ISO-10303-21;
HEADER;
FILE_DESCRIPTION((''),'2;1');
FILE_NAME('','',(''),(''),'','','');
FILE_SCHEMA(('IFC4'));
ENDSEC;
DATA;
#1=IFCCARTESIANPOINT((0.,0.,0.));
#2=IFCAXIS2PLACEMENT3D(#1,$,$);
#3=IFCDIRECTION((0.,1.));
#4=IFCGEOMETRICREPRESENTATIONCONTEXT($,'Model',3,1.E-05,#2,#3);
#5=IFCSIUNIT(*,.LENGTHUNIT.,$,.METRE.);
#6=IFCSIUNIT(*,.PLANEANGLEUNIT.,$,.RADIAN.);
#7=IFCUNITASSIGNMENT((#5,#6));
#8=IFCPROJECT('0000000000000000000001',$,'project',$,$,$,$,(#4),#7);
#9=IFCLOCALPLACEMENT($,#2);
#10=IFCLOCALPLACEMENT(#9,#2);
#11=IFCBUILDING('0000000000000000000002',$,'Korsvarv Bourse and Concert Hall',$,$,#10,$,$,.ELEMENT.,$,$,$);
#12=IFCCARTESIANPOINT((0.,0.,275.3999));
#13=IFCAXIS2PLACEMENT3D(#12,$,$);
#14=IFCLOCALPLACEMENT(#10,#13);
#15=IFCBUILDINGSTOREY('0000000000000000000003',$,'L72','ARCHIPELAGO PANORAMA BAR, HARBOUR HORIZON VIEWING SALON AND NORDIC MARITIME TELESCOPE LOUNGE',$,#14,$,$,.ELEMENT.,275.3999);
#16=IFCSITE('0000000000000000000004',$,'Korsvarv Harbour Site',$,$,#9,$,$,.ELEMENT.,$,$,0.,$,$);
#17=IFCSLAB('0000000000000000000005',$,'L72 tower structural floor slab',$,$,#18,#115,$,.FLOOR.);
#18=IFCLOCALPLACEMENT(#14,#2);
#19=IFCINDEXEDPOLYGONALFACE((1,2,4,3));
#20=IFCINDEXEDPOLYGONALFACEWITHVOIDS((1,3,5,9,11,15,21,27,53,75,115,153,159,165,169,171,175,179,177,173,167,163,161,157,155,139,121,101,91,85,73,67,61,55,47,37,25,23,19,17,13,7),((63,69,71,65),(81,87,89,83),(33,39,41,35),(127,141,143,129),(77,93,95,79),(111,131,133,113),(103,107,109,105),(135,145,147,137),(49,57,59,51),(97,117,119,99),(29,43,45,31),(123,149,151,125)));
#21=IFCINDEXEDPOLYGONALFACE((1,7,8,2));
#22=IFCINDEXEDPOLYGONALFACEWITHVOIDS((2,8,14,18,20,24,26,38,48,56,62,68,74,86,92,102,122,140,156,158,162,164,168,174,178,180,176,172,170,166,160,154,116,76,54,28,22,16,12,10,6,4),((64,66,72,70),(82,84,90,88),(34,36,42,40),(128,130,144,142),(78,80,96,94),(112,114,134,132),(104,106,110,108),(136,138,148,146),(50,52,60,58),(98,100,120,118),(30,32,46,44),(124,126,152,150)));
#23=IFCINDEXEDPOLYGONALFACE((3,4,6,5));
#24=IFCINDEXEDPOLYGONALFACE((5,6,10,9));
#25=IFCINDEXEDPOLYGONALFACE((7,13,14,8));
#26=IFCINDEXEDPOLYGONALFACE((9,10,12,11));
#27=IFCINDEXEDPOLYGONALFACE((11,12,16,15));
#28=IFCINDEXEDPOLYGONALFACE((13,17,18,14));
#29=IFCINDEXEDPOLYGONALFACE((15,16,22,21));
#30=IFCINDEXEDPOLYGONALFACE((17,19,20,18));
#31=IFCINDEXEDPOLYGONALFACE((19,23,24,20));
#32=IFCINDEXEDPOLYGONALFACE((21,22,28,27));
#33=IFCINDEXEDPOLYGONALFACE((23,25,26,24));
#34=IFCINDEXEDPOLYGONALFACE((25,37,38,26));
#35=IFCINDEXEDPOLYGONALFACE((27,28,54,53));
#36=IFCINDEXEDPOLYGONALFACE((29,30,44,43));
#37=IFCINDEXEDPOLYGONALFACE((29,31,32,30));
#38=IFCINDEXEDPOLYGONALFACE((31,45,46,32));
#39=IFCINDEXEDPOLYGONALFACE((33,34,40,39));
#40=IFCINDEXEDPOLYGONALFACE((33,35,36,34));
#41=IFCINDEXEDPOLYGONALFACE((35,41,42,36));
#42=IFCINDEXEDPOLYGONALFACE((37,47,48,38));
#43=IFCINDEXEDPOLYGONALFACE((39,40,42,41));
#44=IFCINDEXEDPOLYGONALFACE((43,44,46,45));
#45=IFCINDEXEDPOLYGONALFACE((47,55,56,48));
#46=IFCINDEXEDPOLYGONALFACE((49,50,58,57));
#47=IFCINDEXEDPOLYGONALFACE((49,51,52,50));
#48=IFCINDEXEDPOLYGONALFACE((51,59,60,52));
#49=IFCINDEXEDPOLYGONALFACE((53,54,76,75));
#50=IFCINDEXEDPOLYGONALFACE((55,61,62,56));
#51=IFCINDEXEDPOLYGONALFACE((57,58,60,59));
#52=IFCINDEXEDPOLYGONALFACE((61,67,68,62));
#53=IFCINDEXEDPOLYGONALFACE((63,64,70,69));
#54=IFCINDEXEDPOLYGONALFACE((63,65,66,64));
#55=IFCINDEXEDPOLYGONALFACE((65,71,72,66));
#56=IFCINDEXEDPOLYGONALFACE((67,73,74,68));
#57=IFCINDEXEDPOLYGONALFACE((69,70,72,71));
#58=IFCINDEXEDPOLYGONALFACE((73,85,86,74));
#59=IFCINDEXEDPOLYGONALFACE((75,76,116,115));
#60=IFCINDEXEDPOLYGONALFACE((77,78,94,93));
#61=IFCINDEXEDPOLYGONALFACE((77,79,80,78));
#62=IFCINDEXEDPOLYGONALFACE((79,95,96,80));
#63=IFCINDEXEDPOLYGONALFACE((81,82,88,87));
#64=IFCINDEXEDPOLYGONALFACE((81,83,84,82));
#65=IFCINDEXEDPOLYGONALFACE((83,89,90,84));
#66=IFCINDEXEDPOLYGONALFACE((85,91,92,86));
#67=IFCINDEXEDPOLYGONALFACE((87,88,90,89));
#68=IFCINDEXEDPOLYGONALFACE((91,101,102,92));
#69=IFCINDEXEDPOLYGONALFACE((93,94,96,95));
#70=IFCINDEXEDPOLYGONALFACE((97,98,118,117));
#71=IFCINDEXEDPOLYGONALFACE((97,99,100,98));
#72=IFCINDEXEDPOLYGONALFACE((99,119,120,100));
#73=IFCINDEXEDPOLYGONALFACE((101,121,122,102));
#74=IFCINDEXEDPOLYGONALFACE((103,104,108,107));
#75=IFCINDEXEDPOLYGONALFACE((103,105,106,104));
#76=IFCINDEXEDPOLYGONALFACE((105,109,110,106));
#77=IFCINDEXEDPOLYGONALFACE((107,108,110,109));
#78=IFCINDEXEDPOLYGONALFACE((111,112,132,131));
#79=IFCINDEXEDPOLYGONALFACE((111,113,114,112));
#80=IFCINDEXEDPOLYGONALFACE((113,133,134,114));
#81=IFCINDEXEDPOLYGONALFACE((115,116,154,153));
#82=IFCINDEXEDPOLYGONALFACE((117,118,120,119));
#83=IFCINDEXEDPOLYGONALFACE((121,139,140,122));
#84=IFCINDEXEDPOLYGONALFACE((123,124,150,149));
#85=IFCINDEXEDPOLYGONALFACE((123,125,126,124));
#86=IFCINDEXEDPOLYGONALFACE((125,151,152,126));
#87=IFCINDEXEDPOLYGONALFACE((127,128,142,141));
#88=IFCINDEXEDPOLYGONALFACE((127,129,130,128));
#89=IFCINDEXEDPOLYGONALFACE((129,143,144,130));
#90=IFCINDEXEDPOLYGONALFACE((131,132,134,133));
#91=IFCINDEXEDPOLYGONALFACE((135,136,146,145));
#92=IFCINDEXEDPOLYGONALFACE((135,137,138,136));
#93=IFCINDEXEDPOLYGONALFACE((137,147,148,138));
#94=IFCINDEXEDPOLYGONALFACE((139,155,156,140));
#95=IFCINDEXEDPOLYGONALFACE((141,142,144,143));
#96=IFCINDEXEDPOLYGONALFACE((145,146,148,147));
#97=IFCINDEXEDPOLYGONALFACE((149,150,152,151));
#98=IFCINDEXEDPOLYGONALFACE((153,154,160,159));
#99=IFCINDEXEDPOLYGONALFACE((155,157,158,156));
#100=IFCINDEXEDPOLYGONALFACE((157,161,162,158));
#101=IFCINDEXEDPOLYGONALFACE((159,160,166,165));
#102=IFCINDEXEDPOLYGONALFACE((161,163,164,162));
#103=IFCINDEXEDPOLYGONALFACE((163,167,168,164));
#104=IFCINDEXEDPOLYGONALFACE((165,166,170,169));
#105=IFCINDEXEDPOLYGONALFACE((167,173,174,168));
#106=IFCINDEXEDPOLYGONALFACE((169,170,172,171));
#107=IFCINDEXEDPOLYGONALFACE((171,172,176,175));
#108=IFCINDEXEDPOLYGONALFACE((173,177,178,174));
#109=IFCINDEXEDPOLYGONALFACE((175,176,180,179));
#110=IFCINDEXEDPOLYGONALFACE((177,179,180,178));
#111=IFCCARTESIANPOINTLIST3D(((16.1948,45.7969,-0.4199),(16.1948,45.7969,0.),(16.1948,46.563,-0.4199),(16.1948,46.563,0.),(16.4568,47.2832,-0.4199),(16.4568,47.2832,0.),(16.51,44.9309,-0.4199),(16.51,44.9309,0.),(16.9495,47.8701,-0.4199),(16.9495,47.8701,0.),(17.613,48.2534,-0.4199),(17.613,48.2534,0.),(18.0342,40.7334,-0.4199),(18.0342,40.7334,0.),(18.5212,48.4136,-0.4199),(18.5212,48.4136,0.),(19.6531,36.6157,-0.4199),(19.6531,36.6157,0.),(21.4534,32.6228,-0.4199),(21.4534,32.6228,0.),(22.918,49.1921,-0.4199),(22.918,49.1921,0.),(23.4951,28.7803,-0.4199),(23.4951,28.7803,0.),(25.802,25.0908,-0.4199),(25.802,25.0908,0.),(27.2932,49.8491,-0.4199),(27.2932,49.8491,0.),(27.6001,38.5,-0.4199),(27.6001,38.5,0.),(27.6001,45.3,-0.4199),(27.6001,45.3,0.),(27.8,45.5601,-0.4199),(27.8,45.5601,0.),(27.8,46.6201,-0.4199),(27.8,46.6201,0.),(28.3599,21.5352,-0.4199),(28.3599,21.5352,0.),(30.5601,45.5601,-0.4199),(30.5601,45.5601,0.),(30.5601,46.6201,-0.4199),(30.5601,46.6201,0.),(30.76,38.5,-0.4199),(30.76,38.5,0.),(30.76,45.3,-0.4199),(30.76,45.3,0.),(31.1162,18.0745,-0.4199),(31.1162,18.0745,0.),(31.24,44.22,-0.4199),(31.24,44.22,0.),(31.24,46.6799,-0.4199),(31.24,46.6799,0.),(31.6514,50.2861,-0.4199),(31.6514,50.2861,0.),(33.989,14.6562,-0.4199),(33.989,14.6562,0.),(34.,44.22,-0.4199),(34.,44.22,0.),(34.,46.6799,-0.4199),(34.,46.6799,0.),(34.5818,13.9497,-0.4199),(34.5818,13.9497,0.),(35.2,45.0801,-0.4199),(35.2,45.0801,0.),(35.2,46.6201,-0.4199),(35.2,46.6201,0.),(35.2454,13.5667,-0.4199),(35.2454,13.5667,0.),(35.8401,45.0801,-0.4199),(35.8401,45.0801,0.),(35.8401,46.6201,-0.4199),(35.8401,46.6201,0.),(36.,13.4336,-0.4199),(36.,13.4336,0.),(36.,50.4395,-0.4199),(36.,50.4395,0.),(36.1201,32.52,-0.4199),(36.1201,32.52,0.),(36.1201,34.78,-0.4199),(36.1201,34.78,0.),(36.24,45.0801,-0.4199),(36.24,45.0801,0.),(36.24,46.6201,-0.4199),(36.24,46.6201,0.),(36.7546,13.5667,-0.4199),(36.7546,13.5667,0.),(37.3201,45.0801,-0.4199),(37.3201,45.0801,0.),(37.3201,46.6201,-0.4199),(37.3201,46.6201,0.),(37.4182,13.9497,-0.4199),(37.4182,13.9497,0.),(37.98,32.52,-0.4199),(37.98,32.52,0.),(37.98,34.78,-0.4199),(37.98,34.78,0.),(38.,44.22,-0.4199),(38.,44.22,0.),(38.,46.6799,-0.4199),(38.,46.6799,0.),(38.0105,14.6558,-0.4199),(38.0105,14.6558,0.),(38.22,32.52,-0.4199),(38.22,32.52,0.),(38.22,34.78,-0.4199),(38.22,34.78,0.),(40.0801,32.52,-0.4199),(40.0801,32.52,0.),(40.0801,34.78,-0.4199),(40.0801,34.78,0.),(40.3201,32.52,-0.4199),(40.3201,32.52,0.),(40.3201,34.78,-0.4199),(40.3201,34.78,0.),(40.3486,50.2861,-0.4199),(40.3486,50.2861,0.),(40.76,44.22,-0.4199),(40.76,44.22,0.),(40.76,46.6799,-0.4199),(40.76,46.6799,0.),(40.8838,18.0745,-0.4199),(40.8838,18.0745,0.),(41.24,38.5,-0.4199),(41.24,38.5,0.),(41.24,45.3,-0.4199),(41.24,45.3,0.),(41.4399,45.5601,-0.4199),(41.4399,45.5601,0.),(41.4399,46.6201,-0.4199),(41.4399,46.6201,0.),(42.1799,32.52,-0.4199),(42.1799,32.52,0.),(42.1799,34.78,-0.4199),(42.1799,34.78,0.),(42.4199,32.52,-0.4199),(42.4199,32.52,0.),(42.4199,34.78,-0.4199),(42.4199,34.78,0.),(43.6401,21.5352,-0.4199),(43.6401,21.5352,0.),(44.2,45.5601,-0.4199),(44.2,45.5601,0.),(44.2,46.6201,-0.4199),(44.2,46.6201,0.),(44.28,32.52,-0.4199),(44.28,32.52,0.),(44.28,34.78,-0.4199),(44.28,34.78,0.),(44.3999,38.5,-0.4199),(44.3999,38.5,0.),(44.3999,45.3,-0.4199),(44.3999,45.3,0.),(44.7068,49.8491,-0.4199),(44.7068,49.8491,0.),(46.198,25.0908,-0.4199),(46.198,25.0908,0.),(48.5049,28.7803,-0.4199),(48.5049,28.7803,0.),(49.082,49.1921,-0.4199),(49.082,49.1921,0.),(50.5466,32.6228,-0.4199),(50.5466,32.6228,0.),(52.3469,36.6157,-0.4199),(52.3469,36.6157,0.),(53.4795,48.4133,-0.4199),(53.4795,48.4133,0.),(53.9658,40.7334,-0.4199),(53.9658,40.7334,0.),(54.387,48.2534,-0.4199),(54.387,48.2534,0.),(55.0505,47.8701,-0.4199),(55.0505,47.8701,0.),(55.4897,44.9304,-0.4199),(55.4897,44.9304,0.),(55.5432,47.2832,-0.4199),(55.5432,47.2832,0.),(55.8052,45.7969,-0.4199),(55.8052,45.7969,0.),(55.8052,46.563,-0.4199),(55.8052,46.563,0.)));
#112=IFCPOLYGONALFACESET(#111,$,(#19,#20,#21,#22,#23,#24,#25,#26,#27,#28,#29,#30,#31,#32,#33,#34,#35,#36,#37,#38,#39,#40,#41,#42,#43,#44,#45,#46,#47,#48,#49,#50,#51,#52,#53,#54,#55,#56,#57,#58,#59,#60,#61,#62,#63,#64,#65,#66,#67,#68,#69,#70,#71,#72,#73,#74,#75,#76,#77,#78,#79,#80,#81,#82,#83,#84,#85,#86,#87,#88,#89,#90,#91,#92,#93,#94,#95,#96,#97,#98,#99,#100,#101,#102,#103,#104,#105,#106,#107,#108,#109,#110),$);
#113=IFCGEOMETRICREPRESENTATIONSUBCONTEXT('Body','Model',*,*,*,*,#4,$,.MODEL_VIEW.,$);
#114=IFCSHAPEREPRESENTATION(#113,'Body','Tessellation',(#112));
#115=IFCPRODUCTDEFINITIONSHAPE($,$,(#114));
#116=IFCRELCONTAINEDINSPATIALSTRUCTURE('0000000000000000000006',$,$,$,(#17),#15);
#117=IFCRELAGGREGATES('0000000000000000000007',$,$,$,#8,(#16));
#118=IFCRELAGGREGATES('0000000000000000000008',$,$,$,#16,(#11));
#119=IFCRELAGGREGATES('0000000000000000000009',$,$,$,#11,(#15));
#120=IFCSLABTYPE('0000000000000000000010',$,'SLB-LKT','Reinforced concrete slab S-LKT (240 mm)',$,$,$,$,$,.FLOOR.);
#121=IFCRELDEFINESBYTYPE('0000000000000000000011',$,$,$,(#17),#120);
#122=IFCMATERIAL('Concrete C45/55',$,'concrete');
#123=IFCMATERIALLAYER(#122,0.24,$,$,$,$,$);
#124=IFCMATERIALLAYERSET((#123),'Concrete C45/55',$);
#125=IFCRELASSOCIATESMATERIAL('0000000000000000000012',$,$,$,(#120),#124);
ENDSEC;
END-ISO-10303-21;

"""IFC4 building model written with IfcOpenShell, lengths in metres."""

from ifc_helpers import new_model, si_unit, direction, frame, origin, place, context, subcontext, project, spatial, polyline, outline, extrude, material, layer, layer_set, type_object, element, save


model = new_model("IFC4")

# Units and contexts
model_context = context("Model", 3, precision=1e-05, world=origin(), true_north=direction((0.0, 1.0)))
body_context = subcontext(model_context, "Body", "Model", "MODEL_VIEW")
ifc_project = project(units=[si_unit("LENGTHUNIT", "METRE"), si_unit("PLANEANGLEUNIT", "RADIAN")], contexts=[model_context])

# Site, building, storey
site_placement = place(None, origin())
site = spatial("IfcSite", under=ifc_project, at=site_placement, Name="Korsvarv Harbour Site", CompositionType="ELEMENT", RefElevation=0.0)
building_placement = place(site_placement, origin())
building = spatial("IfcBuilding", under=site, at=building_placement, Name="Korsvarv Bourse and Concert Hall", CompositionType="ELEMENT")
storey_placement = place(building_placement, frame((0.0, 0.0, 275.3999)))
storey = spatial("IfcBuildingStorey", under=building, at=storey_placement, Name="L72", Description="ARCHIPELAGO PANORAMA BAR, HARBOUR HORIZON VIEWING SALON AND NORDIC MARITIME TELESCOPE LOUNGE", CompositionType="ELEMENT", Elevation=275.3999)

# Slab
ifc_material_1 = material(Name="Concrete C45/55", Category="concrete")
ifc_layer_1 = layer(ifc_material_1, 0.24)
ifc_layer_set_1 = layer_set([ifc_layer_1], Name="Concrete C45/55")
slab_type_1 = type_object("IfcSlabType", Name="SLB-LKT", Description="Reinforced concrete slab S-LKT (240 mm)", PredefinedType="FLOOR", material=ifc_layer_set_1)
slab_1_placement = place(storey_placement, frame((0.0, 0.0, -0.4199)))
element("IfcSlab", 1, at=slab_1_placement, inside=storey, type_object=slab_type_1, Name="L72 tower structural floor slab", PredefinedType="FLOOR", context=body_context, shape_type="SweptSolid", body=[
    extrude(outline(polyline([(55.4897, 44.9304), (53.9658, 40.7334), (52.3469, 36.6157), (50.5466, 32.6228), (48.5049, 28.7803), (46.198, 25.0908), (43.6401, 21.5352), (40.8838, 18.0745), (38.0105, 14.6558), (37.4182, 13.9497), (36.7546, 13.5667), (36.0, 13.4336), (35.2454, 13.5667), (34.5818, 13.9497), (33.989, 14.6562), (31.1162, 18.0745), (28.3599, 21.5352), (25.802, 25.0908), (23.4951, 28.7803), (21.4534, 32.6228), (19.6531, 36.6157), (18.0342, 40.7334), (16.51, 44.9309), (16.1948, 45.7969), (16.1948, 46.563), (16.4568, 47.2832), (16.9495, 47.8701), (17.613, 48.2534), (18.5212, 48.4136), (22.918, 49.1921), (27.2932, 49.8491), (31.6514, 50.2861), (36.0, 50.4395), (40.3486, 50.2861), (44.7068, 49.8491), (49.082, 49.1921), (53.4795, 48.4133), (54.387, 48.2534), (55.0505, 47.8701), (55.5432, 47.2832), (55.8052, 46.563), (55.8052, 45.7969), (55.4897, 44.9304)]), holes=[polyline([(30.76, 38.5), (30.76, 45.3), (27.6001, 45.3), (27.6001, 38.5), (30.76, 38.5)]), polyline([(44.3999, 38.5), (44.3999, 45.3), (41.24, 45.3), (41.24, 38.5), (44.3999, 38.5)]), polyline([(31.24, 44.22), (34.0, 44.22), (34.0, 46.6799), (31.24, 46.6799), (31.24, 44.22)]), polyline([(38.0, 44.22), (40.76, 44.22), (40.76, 46.6799), (38.0, 46.6799), (38.0, 44.22)]), polyline([(36.1201, 32.52), (37.98, 32.52), (37.98, 34.78), (36.1201, 34.78), (36.1201, 32.52)]), polyline([(38.22, 32.52), (40.0801, 32.52), (40.0801, 34.78), (38.22, 34.78), (38.22, 32.52)]), polyline([(40.3201, 32.52), (42.1799, 32.52), (42.1799, 34.78), (40.3201, 34.78), (40.3201, 32.52)]), polyline([(42.4199, 32.52), (44.28, 32.52), (44.28, 34.78), (42.4199, 34.78), (42.4199, 32.52)]), polyline([(27.8, 45.5601), (30.5601, 45.5601), (30.5601, 46.6201), (27.8, 46.6201), (27.8, 45.5601)]), polyline([(41.4399, 45.5601), (44.2, 45.5601), (44.2, 46.6201), (41.4399, 46.6201), (41.4399, 45.5601)]), polyline([(35.2, 45.0801), (35.8401, 45.0801), (35.8401, 46.6201), (35.2, 46.6201), (35.2, 45.0801)]), polyline([(36.24, 45.0801), (37.3201, 45.0801), (37.3201, 46.6201), (36.24, 46.6201), (36.24, 45.0801)])]), origin(), (0.0, 0.0, 1.0), 0.4199),
])

save(model, "model.ifc")
